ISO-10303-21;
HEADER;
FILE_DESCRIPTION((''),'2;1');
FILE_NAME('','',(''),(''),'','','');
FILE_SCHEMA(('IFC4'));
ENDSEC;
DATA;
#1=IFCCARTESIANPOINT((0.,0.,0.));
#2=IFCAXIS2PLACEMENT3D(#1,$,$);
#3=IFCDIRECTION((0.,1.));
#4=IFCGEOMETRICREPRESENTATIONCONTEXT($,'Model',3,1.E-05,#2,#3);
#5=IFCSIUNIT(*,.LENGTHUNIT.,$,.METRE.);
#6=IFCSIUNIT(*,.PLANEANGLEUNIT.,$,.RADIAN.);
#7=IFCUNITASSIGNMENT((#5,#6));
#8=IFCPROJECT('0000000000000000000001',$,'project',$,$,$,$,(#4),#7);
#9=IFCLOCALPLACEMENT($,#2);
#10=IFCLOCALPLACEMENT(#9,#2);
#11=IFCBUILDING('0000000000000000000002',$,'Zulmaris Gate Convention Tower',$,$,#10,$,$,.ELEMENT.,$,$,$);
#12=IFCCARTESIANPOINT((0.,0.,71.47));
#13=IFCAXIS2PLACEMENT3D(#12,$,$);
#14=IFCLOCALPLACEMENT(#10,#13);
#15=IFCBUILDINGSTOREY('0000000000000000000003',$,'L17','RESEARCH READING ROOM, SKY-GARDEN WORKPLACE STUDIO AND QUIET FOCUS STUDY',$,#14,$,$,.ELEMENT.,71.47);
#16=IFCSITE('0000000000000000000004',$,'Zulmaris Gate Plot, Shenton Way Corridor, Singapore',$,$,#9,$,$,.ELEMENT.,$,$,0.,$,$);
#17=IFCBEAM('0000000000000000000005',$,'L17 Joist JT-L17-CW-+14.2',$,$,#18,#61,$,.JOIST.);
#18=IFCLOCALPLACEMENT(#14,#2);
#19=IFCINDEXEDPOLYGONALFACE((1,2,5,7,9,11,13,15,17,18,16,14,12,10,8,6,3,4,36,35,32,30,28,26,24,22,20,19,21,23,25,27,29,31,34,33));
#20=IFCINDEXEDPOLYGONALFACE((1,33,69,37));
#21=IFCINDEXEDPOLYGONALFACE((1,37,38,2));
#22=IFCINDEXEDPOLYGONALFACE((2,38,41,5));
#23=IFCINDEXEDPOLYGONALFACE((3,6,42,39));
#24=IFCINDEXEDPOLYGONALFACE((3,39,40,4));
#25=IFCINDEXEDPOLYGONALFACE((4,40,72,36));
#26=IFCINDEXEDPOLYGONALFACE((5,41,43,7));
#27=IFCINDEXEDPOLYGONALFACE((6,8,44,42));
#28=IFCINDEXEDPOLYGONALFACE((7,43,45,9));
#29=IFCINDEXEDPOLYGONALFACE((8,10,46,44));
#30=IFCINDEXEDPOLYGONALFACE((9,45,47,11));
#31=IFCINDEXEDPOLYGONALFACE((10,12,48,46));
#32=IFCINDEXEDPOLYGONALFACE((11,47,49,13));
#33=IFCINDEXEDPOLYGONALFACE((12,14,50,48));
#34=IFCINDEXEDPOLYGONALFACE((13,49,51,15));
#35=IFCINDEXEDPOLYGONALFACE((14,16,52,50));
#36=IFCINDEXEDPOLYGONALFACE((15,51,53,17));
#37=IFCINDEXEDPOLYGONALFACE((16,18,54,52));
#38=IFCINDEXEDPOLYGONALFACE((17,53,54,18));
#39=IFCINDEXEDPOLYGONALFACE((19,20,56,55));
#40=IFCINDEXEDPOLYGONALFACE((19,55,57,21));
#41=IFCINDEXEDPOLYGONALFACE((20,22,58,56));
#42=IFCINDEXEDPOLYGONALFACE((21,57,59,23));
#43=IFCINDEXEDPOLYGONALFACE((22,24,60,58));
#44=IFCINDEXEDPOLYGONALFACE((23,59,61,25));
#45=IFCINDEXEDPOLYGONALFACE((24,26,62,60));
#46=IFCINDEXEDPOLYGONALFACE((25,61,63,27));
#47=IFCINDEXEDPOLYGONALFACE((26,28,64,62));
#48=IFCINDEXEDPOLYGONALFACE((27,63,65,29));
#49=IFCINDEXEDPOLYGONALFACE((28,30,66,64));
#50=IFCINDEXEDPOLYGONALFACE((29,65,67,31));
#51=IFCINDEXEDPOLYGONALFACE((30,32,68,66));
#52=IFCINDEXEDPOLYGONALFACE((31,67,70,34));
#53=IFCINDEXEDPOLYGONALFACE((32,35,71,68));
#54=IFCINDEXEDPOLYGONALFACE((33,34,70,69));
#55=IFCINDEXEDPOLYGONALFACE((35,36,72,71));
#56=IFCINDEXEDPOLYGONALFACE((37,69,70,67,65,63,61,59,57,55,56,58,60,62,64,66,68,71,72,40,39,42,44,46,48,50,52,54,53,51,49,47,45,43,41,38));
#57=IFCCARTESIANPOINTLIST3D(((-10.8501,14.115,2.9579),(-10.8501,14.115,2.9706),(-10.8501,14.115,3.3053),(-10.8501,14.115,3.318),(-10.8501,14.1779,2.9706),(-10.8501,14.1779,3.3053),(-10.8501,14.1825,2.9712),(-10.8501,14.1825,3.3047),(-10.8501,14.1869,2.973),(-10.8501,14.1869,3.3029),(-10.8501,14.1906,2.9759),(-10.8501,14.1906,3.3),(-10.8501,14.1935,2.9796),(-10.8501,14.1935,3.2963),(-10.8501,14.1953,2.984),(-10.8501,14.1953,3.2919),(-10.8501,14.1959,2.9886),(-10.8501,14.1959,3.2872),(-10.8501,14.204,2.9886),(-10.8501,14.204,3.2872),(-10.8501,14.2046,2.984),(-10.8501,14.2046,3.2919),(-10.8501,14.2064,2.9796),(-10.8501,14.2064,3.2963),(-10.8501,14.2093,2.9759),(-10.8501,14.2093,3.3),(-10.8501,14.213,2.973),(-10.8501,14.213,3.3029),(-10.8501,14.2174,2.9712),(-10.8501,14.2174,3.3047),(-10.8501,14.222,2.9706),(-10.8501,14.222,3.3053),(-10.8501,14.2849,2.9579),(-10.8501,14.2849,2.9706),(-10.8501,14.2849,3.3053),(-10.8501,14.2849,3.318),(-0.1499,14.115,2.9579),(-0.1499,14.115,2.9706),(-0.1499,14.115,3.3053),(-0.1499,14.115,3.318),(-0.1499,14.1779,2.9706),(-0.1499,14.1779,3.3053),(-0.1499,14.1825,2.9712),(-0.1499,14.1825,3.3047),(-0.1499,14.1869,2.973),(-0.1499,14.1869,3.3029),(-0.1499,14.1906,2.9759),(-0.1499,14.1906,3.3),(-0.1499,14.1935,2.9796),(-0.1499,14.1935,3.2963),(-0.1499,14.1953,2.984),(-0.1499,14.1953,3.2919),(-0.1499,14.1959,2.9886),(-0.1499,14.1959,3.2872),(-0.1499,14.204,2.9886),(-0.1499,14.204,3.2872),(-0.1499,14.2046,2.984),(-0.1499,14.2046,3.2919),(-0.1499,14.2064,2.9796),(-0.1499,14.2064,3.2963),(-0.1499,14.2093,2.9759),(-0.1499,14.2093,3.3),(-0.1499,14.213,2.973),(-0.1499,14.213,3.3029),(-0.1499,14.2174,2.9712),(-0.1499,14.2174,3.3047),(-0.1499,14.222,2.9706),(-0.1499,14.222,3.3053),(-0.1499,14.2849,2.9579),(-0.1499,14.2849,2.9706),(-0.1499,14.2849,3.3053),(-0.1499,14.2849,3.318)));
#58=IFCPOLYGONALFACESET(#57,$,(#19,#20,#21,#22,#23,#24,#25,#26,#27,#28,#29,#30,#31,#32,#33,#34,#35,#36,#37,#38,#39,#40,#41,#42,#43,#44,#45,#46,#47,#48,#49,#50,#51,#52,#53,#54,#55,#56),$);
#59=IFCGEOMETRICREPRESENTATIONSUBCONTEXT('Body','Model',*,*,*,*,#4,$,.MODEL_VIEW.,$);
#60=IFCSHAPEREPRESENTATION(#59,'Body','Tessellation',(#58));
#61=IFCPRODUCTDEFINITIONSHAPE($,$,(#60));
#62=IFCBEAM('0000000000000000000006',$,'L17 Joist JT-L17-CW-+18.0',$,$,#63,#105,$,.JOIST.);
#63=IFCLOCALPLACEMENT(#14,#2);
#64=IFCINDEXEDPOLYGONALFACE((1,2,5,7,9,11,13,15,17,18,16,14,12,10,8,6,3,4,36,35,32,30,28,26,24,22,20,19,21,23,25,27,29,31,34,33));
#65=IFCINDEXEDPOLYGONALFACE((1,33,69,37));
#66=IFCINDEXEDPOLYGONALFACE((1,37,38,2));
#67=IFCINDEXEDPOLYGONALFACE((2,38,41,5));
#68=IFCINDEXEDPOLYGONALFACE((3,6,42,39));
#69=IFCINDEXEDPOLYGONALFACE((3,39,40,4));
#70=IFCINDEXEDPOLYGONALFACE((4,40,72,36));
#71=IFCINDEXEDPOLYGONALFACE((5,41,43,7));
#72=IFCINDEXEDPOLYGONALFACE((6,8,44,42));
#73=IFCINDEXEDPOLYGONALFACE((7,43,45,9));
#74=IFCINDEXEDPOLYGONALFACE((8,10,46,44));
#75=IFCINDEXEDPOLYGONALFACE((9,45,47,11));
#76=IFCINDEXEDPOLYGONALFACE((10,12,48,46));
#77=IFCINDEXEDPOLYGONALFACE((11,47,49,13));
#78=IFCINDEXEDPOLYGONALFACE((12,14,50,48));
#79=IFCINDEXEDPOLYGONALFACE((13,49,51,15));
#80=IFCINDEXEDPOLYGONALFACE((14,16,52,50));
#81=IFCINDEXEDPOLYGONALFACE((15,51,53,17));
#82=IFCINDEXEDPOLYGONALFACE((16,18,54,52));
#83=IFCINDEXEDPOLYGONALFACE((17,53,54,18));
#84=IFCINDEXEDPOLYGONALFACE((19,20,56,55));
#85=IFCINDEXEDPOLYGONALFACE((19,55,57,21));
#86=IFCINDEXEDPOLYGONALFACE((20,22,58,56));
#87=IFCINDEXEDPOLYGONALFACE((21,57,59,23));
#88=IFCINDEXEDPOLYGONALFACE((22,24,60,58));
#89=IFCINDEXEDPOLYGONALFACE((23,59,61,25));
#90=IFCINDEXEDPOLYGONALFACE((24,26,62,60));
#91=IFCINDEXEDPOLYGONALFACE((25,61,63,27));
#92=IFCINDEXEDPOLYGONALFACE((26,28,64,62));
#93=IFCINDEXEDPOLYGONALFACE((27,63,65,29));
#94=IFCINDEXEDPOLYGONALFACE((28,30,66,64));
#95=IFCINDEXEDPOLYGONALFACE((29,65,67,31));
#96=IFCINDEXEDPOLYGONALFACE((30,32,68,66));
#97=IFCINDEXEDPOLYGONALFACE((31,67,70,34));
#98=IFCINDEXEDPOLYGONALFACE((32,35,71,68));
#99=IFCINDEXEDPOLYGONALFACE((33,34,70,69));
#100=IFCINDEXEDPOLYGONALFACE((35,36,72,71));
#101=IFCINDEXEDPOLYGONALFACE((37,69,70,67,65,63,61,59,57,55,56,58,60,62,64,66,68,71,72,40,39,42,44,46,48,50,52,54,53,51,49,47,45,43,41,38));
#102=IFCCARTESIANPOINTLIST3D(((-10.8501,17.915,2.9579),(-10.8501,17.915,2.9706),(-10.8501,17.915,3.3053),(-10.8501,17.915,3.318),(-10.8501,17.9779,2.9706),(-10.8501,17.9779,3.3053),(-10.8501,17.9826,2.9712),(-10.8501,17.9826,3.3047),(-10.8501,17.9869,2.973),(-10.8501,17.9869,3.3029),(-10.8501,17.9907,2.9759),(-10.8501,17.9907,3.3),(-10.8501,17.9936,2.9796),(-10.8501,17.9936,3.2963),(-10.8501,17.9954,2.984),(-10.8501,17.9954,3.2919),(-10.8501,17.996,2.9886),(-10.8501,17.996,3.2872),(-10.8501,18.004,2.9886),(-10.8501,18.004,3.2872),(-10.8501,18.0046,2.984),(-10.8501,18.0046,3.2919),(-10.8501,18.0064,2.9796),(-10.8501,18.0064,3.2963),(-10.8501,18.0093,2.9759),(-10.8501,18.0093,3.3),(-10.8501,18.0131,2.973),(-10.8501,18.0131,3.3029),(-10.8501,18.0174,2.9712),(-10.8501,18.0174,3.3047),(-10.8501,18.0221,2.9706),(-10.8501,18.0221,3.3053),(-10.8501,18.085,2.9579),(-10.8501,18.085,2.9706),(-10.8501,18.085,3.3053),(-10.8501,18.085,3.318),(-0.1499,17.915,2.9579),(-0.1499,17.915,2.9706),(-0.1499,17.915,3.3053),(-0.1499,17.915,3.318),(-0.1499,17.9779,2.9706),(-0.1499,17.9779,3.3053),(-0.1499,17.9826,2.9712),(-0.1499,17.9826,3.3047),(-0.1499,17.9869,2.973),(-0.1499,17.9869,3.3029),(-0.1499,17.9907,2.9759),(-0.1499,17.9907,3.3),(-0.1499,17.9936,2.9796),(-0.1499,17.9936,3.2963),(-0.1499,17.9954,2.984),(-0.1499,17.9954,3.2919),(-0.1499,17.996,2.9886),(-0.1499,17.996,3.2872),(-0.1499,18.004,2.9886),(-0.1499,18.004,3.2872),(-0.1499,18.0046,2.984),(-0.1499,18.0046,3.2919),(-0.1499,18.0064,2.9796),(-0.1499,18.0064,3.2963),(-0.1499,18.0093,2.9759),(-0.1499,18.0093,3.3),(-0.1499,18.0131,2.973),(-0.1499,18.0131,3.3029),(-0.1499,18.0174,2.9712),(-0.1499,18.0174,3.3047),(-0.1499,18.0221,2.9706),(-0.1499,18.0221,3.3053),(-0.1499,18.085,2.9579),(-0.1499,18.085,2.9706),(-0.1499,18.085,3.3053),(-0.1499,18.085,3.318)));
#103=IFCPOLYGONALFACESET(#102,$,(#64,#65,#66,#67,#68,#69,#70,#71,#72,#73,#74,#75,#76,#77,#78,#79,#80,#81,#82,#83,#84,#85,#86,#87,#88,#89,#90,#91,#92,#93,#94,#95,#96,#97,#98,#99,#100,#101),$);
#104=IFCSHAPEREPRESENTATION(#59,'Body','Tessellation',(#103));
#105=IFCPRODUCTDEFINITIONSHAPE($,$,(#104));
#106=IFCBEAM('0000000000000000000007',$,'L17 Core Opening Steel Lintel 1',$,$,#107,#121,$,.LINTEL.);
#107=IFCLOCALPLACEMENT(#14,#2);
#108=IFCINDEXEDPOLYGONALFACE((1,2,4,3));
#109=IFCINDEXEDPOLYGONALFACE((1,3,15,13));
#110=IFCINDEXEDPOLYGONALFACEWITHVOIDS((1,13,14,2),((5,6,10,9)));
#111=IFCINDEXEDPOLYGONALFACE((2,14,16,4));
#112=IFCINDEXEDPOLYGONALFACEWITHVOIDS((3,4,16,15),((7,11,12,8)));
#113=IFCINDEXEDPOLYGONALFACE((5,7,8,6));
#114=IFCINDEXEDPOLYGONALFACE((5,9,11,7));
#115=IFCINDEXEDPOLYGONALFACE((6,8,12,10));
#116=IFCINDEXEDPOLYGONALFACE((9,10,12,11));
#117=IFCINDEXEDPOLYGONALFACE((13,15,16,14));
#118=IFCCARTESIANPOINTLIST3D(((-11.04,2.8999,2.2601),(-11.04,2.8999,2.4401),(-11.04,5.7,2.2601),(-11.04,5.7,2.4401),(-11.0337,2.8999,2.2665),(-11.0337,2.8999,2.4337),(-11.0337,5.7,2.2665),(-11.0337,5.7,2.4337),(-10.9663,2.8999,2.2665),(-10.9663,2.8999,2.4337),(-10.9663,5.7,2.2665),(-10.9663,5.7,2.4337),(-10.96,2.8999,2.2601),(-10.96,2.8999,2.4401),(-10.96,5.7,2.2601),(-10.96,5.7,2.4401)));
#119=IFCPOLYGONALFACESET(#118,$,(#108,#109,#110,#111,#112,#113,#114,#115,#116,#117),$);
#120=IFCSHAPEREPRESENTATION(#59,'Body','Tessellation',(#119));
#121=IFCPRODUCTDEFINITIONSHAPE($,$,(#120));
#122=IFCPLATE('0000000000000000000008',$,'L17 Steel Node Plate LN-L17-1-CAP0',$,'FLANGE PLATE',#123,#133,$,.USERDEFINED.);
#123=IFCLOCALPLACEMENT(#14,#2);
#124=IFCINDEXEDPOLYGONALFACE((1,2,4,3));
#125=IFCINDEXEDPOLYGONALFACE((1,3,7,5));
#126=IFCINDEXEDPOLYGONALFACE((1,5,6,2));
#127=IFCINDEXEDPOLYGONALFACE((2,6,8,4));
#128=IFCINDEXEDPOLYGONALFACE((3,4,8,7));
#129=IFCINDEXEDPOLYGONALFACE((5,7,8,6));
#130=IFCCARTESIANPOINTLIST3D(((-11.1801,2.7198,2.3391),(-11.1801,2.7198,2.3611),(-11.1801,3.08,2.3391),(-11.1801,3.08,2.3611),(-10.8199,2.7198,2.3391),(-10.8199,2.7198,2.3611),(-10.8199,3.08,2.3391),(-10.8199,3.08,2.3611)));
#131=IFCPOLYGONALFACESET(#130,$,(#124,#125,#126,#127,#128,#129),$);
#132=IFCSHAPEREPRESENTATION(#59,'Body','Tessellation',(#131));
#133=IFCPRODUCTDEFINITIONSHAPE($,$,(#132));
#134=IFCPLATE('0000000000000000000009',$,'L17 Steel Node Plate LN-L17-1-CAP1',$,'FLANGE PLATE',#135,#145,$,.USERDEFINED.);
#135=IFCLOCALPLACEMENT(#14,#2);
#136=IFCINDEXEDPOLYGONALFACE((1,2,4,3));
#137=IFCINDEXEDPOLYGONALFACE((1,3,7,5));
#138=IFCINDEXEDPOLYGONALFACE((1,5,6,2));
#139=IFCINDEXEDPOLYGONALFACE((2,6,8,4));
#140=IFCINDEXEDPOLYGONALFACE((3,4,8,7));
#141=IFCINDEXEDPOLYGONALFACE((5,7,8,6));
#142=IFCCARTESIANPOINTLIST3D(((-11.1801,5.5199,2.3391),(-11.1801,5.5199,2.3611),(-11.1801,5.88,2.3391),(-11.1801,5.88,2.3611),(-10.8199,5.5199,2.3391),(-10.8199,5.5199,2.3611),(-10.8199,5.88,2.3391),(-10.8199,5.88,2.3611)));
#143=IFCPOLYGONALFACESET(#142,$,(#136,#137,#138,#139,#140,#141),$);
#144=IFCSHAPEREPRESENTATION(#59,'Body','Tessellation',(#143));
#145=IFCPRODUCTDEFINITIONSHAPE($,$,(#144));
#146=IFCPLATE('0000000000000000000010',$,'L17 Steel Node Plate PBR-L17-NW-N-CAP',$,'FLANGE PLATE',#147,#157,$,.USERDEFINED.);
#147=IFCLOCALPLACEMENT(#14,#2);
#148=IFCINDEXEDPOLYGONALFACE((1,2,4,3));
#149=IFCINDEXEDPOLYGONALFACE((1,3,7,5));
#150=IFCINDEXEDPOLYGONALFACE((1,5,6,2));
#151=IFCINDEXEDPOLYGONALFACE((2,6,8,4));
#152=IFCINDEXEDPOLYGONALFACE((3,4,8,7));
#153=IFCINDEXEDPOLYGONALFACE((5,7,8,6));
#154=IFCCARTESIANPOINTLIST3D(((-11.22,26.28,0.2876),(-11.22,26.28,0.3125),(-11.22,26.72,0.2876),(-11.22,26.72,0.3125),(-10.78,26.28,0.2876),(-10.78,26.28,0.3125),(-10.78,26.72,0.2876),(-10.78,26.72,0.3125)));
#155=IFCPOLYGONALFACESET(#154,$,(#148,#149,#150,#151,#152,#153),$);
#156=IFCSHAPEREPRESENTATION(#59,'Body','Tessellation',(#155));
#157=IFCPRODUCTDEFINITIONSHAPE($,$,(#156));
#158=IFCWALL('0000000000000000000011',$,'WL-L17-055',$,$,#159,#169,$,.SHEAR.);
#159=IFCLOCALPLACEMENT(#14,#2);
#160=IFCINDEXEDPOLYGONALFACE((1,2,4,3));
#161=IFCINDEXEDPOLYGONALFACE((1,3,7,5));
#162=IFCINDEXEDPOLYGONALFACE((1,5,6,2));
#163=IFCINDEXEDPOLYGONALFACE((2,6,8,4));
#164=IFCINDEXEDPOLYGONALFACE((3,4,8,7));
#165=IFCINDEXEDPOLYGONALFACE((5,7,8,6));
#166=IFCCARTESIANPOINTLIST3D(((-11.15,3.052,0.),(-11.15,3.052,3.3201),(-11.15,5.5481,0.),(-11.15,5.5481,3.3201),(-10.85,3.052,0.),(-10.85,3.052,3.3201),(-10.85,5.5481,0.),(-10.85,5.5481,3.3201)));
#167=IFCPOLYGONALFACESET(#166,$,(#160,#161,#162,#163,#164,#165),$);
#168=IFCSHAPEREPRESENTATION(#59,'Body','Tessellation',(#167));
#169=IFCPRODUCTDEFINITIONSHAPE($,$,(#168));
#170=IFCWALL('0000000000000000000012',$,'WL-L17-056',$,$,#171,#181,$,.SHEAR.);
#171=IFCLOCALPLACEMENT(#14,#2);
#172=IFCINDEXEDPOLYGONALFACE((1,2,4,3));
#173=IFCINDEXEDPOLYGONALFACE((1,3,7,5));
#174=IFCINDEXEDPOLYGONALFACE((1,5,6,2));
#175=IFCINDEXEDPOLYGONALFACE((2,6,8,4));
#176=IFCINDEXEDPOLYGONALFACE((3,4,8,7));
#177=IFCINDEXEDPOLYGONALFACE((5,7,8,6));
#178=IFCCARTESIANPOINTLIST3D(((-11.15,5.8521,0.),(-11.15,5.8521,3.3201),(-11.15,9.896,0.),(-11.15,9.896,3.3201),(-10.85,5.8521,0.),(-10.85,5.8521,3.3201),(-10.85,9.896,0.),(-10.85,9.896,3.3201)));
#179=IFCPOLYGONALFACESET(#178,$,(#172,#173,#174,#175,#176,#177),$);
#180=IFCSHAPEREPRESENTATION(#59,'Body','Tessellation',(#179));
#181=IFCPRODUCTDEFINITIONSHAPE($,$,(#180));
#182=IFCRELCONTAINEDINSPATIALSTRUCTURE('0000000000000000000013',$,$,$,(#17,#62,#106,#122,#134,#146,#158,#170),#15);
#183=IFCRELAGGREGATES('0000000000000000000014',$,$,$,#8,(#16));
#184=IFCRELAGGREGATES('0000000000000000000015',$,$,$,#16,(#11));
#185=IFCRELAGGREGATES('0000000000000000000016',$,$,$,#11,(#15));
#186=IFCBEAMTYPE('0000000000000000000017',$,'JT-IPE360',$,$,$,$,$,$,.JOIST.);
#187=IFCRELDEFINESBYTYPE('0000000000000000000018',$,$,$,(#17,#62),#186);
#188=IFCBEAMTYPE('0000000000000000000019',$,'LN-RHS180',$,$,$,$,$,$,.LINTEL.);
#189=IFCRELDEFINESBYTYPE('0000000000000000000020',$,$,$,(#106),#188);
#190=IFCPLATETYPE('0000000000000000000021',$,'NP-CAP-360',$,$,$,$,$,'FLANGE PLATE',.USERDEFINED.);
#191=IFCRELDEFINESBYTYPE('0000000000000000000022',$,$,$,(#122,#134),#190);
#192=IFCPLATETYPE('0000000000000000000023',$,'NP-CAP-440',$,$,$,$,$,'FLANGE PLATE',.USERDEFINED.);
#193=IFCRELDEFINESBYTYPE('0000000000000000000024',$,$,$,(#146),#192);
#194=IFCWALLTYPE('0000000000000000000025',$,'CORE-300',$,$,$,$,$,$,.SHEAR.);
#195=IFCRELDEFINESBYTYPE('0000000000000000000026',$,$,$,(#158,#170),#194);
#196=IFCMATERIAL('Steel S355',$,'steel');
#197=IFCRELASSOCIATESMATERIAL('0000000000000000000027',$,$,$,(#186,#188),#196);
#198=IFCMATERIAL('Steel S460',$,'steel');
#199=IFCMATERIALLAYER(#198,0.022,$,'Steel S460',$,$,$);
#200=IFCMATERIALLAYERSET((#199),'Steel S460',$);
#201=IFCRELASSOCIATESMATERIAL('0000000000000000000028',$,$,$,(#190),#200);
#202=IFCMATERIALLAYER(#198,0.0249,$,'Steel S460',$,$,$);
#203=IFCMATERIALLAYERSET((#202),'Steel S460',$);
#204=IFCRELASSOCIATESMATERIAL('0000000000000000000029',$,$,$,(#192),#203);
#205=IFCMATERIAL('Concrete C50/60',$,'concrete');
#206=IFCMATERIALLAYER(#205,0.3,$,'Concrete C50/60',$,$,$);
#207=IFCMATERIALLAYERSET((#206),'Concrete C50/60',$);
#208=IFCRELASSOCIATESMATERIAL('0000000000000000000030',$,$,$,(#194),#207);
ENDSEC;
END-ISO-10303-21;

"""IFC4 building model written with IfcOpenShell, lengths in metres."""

from ifc_helpers import new_model, si_unit, direction, frame, frame_2d, origin, origin_2d, place, context, subcontext, project, spatial, rectangle, hollow_rectangle, i_section, extrude, material, layer, layer_set, material_profile, profile_set, type_object, element, save


model = new_model("IFC4")

# Units and contexts
model_context = context("Model", 3, precision=1e-05, world=origin(), true_north=direction((0.0, 1.0)))
body_context = subcontext(model_context, "Body", "Model", "MODEL_VIEW")
ifc_project = project(units=[si_unit("LENGTHUNIT", "METRE"), si_unit("PLANEANGLEUNIT", "RADIAN")], contexts=[model_context])

# Site, building, storey
site_placement = place(None, origin())
site = spatial("IfcSite", under=ifc_project, at=site_placement, Name="Zulmaris Gate Plot, Shenton Way Corridor, Singapore", CompositionType="ELEMENT", RefElevation=0.0)
building_placement = place(site_placement, origin())
building = spatial("IfcBuilding", under=site, at=building_placement, Name="Zulmaris Gate Convention Tower", CompositionType="ELEMENT")
storey_placement = place(building_placement, frame((0.0, 0.0, 71.47)))
storey = spatial("IfcBuildingStorey", under=building, at=storey_placement, Name="L17", Description="RESEARCH READING ROOM, SKY-GARDEN WORKPLACE STUDIO AND QUIET FOCUS STUDY", CompositionType="ELEMENT", Elevation=71.47)

# Shared definitions
ifc_material_1 = material(Name="Steel S355", Category="steel")

# Shared definitions
ifc_material_2 = material(Name="Steel S460", Category="steel")

# Beams
ifc_material_profile_1 = material_profile(ifc_material_1, i_section(OverallWidth=0.1699, OverallDepth=0.3601, WebThickness=0.0081, FlangeThickness=0.0127, FilletRadius=0.0181, at=origin_2d()), Name="IPE 360")
ifc_profile_set_1 = profile_set([ifc_material_profile_1], Name="Steel S355")
beam_type_1 = type_object("IfcBeamType", Name="JT-IPE360", PredefinedType="JOIST", material=ifc_profile_set_1)
for number, where, z_axis, x_axis, name in (
    (1, (-10.8501, 14.2, 3.1379), (1.0, 0.0, 0.0), (0.0, 1.0, 0.0), "L17 Joist JT-L17-CW-+14.2"),
    (2, (-10.8501, 18.0, 3.1379), (1.0, 0.0, 0.0), (0.0, 1.0, 0.0), "L17 Joist JT-L17-CW-+18.0"),
):
    element("IfcBeam", number, at=place(storey_placement, frame(where, z_axis=z_axis, x_axis=x_axis)), inside=storey, type_object=beam_type_1, Name=name, PredefinedType="JOIST", context=body_context, shape_type="SweptSolid", body=[
        extrude(i_section(OverallWidth=0.1699, OverallDepth=0.3601, WebThickness=0.0081, FlangeThickness=0.0127, FilletRadius=0.0181, at=origin_2d()), origin(), (0.0, 0.0, 1.0), 10.7002),
    ])
ifc_material_profile_2 = material_profile(ifc_material_1, hollow_rectangle(XDim=0.0801, YDim=0.1799, WallThickness=0.0063, at=origin_2d()), Name="RHS 180x80x6.3")
ifc_profile_set_2 = profile_set([ifc_material_profile_2], Name="Steel S355")
beam_type_2 = type_object("IfcBeamType", Name="LN-RHS180", PredefinedType="LINTEL", material=ifc_profile_set_2)
beam_1_placement = place(storey_placement, frame((-11.0, 2.8999, 2.3501), z_axis=(0.0, 1.0, 0.0), x_axis=(-1.0, 0.0, 0.0)))
element("IfcBeam", 3, at=beam_1_placement, inside=storey, type_object=beam_type_2, Name="L17 Core Opening Steel Lintel 1", PredefinedType="LINTEL", context=body_context, shape_type="SweptSolid", body=[
    extrude(hollow_rectangle(XDim=0.0801, YDim=0.1799, WallThickness=0.0063, at=origin_2d()), origin(), (0.0, 0.0, 1.0), 2.8),
])

# Plates
ifc_layer_1 = layer(ifc_material_2, 0.022, Name="Steel S460")
ifc_layer_set_1 = layer_set([ifc_layer_1], Name="Steel S460")
plate_type_1 = type_object("IfcPlateType", Name="NP-CAP-360", ElementType="FLANGE PLATE", PredefinedType="USERDEFINED", material=ifc_layer_set_1)
for number, where, z_axis, x_axis, name in (
    (4, (-11.0, 2.8999, 2.3391), (0.0, 0.0, 1.0), (1.0, 0.0, 0.0), "L17 Steel Node Plate LN-L17-1-CAP0"),
    (5, (-11.0, 5.7, 2.3391), (0.0, 0.0, 1.0), (1.0, 0.0, 0.0), "L17 Steel Node Plate LN-L17-1-CAP1"),
):
    element("IfcPlate", number, at=place(storey_placement, frame(where, z_axis=z_axis, x_axis=x_axis)), inside=storey, type_object=plate_type_1, Name=name, ObjectType="FLANGE PLATE", PredefinedType="USERDEFINED", context=body_context, shape_type="SweptSolid", body=[
        extrude(rectangle(XDim=0.3601, YDim=0.3601, at=origin_2d()), origin(), (0.0, 0.0, 1.0), 0.022),
    ])
ifc_layer_2 = layer(ifc_material_2, 0.0249, Name="Steel S460")
ifc_layer_set_2 = layer_set([ifc_layer_2], Name="Steel S460")
plate_type_2 = type_object("IfcPlateType", Name="NP-CAP-440", ElementType="FLANGE PLATE", PredefinedType="USERDEFINED", material=ifc_layer_set_2)
plate_placement = place(storey_placement, frame((-11.0, 26.5, 0.2876), z_axis=(0.0, 0.0, 1.0), x_axis=(1.0, 0.0, 0.0)))
element("IfcPlate", 6, at=plate_placement, inside=storey, type_object=plate_type_2, Name="L17 Steel Node Plate PBR-L17-NW-N-CAP", ObjectType="FLANGE PLATE", PredefinedType="USERDEFINED", context=body_context, shape_type="SweptSolid", body=[
    extrude(rectangle(XDim=0.4399, YDim=0.4399, at=origin_2d()), origin(), (0.0, 0.0, 1.0), 0.0249),
])

# Walls
ifc_material_3 = material(Name="Concrete C50/60", Category="concrete")
ifc_layer_3 = layer(ifc_material_3, 0.3, Name="Concrete C50/60")
ifc_layer_set_3 = layer_set([ifc_layer_3], Name="Concrete C50/60")
wall_type_1 = type_object("IfcWallType", Name="CORE-300", PredefinedType="SHEAR", material=ifc_layer_set_3)
wall_1_placement = place(storey_placement, frame((-11.0, 3.052, 0.0), z_axis=(0.0, 0.0, 1.0), x_axis=(0.0, 1.0, 0.0)))
element("IfcWall", 7, at=wall_1_placement, inside=storey, type_object=wall_type_1, Name="WL-L17-055", PredefinedType="SHEAR", context=body_context, shape_type="SweptSolid", body=[
    extrude(rectangle(XDim=2.4961, YDim=0.3, at=frame_2d((1.248, 0.0))), origin(), (0.0, 0.0, 1.0), 3.3201),
])
wall_2_placement = place(storey_placement, frame((-11.0, 5.8521, 0.0), z_axis=(0.0, 0.0, 1.0), x_axis=(0.0, 1.0, 0.0)))
element("IfcWall", 8, at=wall_2_placement, inside=storey, type_object=wall_type_1, Name="WL-L17-056", PredefinedType="SHEAR", context=body_context, shape_type="SweptSolid", body=[
    extrude(rectangle(XDim=4.0439, YDim=0.3, at=frame_2d((2.022, 0.0))), origin(), (0.0, 0.0, 1.0), 3.3201),
])

save(model, "model.ifc")
